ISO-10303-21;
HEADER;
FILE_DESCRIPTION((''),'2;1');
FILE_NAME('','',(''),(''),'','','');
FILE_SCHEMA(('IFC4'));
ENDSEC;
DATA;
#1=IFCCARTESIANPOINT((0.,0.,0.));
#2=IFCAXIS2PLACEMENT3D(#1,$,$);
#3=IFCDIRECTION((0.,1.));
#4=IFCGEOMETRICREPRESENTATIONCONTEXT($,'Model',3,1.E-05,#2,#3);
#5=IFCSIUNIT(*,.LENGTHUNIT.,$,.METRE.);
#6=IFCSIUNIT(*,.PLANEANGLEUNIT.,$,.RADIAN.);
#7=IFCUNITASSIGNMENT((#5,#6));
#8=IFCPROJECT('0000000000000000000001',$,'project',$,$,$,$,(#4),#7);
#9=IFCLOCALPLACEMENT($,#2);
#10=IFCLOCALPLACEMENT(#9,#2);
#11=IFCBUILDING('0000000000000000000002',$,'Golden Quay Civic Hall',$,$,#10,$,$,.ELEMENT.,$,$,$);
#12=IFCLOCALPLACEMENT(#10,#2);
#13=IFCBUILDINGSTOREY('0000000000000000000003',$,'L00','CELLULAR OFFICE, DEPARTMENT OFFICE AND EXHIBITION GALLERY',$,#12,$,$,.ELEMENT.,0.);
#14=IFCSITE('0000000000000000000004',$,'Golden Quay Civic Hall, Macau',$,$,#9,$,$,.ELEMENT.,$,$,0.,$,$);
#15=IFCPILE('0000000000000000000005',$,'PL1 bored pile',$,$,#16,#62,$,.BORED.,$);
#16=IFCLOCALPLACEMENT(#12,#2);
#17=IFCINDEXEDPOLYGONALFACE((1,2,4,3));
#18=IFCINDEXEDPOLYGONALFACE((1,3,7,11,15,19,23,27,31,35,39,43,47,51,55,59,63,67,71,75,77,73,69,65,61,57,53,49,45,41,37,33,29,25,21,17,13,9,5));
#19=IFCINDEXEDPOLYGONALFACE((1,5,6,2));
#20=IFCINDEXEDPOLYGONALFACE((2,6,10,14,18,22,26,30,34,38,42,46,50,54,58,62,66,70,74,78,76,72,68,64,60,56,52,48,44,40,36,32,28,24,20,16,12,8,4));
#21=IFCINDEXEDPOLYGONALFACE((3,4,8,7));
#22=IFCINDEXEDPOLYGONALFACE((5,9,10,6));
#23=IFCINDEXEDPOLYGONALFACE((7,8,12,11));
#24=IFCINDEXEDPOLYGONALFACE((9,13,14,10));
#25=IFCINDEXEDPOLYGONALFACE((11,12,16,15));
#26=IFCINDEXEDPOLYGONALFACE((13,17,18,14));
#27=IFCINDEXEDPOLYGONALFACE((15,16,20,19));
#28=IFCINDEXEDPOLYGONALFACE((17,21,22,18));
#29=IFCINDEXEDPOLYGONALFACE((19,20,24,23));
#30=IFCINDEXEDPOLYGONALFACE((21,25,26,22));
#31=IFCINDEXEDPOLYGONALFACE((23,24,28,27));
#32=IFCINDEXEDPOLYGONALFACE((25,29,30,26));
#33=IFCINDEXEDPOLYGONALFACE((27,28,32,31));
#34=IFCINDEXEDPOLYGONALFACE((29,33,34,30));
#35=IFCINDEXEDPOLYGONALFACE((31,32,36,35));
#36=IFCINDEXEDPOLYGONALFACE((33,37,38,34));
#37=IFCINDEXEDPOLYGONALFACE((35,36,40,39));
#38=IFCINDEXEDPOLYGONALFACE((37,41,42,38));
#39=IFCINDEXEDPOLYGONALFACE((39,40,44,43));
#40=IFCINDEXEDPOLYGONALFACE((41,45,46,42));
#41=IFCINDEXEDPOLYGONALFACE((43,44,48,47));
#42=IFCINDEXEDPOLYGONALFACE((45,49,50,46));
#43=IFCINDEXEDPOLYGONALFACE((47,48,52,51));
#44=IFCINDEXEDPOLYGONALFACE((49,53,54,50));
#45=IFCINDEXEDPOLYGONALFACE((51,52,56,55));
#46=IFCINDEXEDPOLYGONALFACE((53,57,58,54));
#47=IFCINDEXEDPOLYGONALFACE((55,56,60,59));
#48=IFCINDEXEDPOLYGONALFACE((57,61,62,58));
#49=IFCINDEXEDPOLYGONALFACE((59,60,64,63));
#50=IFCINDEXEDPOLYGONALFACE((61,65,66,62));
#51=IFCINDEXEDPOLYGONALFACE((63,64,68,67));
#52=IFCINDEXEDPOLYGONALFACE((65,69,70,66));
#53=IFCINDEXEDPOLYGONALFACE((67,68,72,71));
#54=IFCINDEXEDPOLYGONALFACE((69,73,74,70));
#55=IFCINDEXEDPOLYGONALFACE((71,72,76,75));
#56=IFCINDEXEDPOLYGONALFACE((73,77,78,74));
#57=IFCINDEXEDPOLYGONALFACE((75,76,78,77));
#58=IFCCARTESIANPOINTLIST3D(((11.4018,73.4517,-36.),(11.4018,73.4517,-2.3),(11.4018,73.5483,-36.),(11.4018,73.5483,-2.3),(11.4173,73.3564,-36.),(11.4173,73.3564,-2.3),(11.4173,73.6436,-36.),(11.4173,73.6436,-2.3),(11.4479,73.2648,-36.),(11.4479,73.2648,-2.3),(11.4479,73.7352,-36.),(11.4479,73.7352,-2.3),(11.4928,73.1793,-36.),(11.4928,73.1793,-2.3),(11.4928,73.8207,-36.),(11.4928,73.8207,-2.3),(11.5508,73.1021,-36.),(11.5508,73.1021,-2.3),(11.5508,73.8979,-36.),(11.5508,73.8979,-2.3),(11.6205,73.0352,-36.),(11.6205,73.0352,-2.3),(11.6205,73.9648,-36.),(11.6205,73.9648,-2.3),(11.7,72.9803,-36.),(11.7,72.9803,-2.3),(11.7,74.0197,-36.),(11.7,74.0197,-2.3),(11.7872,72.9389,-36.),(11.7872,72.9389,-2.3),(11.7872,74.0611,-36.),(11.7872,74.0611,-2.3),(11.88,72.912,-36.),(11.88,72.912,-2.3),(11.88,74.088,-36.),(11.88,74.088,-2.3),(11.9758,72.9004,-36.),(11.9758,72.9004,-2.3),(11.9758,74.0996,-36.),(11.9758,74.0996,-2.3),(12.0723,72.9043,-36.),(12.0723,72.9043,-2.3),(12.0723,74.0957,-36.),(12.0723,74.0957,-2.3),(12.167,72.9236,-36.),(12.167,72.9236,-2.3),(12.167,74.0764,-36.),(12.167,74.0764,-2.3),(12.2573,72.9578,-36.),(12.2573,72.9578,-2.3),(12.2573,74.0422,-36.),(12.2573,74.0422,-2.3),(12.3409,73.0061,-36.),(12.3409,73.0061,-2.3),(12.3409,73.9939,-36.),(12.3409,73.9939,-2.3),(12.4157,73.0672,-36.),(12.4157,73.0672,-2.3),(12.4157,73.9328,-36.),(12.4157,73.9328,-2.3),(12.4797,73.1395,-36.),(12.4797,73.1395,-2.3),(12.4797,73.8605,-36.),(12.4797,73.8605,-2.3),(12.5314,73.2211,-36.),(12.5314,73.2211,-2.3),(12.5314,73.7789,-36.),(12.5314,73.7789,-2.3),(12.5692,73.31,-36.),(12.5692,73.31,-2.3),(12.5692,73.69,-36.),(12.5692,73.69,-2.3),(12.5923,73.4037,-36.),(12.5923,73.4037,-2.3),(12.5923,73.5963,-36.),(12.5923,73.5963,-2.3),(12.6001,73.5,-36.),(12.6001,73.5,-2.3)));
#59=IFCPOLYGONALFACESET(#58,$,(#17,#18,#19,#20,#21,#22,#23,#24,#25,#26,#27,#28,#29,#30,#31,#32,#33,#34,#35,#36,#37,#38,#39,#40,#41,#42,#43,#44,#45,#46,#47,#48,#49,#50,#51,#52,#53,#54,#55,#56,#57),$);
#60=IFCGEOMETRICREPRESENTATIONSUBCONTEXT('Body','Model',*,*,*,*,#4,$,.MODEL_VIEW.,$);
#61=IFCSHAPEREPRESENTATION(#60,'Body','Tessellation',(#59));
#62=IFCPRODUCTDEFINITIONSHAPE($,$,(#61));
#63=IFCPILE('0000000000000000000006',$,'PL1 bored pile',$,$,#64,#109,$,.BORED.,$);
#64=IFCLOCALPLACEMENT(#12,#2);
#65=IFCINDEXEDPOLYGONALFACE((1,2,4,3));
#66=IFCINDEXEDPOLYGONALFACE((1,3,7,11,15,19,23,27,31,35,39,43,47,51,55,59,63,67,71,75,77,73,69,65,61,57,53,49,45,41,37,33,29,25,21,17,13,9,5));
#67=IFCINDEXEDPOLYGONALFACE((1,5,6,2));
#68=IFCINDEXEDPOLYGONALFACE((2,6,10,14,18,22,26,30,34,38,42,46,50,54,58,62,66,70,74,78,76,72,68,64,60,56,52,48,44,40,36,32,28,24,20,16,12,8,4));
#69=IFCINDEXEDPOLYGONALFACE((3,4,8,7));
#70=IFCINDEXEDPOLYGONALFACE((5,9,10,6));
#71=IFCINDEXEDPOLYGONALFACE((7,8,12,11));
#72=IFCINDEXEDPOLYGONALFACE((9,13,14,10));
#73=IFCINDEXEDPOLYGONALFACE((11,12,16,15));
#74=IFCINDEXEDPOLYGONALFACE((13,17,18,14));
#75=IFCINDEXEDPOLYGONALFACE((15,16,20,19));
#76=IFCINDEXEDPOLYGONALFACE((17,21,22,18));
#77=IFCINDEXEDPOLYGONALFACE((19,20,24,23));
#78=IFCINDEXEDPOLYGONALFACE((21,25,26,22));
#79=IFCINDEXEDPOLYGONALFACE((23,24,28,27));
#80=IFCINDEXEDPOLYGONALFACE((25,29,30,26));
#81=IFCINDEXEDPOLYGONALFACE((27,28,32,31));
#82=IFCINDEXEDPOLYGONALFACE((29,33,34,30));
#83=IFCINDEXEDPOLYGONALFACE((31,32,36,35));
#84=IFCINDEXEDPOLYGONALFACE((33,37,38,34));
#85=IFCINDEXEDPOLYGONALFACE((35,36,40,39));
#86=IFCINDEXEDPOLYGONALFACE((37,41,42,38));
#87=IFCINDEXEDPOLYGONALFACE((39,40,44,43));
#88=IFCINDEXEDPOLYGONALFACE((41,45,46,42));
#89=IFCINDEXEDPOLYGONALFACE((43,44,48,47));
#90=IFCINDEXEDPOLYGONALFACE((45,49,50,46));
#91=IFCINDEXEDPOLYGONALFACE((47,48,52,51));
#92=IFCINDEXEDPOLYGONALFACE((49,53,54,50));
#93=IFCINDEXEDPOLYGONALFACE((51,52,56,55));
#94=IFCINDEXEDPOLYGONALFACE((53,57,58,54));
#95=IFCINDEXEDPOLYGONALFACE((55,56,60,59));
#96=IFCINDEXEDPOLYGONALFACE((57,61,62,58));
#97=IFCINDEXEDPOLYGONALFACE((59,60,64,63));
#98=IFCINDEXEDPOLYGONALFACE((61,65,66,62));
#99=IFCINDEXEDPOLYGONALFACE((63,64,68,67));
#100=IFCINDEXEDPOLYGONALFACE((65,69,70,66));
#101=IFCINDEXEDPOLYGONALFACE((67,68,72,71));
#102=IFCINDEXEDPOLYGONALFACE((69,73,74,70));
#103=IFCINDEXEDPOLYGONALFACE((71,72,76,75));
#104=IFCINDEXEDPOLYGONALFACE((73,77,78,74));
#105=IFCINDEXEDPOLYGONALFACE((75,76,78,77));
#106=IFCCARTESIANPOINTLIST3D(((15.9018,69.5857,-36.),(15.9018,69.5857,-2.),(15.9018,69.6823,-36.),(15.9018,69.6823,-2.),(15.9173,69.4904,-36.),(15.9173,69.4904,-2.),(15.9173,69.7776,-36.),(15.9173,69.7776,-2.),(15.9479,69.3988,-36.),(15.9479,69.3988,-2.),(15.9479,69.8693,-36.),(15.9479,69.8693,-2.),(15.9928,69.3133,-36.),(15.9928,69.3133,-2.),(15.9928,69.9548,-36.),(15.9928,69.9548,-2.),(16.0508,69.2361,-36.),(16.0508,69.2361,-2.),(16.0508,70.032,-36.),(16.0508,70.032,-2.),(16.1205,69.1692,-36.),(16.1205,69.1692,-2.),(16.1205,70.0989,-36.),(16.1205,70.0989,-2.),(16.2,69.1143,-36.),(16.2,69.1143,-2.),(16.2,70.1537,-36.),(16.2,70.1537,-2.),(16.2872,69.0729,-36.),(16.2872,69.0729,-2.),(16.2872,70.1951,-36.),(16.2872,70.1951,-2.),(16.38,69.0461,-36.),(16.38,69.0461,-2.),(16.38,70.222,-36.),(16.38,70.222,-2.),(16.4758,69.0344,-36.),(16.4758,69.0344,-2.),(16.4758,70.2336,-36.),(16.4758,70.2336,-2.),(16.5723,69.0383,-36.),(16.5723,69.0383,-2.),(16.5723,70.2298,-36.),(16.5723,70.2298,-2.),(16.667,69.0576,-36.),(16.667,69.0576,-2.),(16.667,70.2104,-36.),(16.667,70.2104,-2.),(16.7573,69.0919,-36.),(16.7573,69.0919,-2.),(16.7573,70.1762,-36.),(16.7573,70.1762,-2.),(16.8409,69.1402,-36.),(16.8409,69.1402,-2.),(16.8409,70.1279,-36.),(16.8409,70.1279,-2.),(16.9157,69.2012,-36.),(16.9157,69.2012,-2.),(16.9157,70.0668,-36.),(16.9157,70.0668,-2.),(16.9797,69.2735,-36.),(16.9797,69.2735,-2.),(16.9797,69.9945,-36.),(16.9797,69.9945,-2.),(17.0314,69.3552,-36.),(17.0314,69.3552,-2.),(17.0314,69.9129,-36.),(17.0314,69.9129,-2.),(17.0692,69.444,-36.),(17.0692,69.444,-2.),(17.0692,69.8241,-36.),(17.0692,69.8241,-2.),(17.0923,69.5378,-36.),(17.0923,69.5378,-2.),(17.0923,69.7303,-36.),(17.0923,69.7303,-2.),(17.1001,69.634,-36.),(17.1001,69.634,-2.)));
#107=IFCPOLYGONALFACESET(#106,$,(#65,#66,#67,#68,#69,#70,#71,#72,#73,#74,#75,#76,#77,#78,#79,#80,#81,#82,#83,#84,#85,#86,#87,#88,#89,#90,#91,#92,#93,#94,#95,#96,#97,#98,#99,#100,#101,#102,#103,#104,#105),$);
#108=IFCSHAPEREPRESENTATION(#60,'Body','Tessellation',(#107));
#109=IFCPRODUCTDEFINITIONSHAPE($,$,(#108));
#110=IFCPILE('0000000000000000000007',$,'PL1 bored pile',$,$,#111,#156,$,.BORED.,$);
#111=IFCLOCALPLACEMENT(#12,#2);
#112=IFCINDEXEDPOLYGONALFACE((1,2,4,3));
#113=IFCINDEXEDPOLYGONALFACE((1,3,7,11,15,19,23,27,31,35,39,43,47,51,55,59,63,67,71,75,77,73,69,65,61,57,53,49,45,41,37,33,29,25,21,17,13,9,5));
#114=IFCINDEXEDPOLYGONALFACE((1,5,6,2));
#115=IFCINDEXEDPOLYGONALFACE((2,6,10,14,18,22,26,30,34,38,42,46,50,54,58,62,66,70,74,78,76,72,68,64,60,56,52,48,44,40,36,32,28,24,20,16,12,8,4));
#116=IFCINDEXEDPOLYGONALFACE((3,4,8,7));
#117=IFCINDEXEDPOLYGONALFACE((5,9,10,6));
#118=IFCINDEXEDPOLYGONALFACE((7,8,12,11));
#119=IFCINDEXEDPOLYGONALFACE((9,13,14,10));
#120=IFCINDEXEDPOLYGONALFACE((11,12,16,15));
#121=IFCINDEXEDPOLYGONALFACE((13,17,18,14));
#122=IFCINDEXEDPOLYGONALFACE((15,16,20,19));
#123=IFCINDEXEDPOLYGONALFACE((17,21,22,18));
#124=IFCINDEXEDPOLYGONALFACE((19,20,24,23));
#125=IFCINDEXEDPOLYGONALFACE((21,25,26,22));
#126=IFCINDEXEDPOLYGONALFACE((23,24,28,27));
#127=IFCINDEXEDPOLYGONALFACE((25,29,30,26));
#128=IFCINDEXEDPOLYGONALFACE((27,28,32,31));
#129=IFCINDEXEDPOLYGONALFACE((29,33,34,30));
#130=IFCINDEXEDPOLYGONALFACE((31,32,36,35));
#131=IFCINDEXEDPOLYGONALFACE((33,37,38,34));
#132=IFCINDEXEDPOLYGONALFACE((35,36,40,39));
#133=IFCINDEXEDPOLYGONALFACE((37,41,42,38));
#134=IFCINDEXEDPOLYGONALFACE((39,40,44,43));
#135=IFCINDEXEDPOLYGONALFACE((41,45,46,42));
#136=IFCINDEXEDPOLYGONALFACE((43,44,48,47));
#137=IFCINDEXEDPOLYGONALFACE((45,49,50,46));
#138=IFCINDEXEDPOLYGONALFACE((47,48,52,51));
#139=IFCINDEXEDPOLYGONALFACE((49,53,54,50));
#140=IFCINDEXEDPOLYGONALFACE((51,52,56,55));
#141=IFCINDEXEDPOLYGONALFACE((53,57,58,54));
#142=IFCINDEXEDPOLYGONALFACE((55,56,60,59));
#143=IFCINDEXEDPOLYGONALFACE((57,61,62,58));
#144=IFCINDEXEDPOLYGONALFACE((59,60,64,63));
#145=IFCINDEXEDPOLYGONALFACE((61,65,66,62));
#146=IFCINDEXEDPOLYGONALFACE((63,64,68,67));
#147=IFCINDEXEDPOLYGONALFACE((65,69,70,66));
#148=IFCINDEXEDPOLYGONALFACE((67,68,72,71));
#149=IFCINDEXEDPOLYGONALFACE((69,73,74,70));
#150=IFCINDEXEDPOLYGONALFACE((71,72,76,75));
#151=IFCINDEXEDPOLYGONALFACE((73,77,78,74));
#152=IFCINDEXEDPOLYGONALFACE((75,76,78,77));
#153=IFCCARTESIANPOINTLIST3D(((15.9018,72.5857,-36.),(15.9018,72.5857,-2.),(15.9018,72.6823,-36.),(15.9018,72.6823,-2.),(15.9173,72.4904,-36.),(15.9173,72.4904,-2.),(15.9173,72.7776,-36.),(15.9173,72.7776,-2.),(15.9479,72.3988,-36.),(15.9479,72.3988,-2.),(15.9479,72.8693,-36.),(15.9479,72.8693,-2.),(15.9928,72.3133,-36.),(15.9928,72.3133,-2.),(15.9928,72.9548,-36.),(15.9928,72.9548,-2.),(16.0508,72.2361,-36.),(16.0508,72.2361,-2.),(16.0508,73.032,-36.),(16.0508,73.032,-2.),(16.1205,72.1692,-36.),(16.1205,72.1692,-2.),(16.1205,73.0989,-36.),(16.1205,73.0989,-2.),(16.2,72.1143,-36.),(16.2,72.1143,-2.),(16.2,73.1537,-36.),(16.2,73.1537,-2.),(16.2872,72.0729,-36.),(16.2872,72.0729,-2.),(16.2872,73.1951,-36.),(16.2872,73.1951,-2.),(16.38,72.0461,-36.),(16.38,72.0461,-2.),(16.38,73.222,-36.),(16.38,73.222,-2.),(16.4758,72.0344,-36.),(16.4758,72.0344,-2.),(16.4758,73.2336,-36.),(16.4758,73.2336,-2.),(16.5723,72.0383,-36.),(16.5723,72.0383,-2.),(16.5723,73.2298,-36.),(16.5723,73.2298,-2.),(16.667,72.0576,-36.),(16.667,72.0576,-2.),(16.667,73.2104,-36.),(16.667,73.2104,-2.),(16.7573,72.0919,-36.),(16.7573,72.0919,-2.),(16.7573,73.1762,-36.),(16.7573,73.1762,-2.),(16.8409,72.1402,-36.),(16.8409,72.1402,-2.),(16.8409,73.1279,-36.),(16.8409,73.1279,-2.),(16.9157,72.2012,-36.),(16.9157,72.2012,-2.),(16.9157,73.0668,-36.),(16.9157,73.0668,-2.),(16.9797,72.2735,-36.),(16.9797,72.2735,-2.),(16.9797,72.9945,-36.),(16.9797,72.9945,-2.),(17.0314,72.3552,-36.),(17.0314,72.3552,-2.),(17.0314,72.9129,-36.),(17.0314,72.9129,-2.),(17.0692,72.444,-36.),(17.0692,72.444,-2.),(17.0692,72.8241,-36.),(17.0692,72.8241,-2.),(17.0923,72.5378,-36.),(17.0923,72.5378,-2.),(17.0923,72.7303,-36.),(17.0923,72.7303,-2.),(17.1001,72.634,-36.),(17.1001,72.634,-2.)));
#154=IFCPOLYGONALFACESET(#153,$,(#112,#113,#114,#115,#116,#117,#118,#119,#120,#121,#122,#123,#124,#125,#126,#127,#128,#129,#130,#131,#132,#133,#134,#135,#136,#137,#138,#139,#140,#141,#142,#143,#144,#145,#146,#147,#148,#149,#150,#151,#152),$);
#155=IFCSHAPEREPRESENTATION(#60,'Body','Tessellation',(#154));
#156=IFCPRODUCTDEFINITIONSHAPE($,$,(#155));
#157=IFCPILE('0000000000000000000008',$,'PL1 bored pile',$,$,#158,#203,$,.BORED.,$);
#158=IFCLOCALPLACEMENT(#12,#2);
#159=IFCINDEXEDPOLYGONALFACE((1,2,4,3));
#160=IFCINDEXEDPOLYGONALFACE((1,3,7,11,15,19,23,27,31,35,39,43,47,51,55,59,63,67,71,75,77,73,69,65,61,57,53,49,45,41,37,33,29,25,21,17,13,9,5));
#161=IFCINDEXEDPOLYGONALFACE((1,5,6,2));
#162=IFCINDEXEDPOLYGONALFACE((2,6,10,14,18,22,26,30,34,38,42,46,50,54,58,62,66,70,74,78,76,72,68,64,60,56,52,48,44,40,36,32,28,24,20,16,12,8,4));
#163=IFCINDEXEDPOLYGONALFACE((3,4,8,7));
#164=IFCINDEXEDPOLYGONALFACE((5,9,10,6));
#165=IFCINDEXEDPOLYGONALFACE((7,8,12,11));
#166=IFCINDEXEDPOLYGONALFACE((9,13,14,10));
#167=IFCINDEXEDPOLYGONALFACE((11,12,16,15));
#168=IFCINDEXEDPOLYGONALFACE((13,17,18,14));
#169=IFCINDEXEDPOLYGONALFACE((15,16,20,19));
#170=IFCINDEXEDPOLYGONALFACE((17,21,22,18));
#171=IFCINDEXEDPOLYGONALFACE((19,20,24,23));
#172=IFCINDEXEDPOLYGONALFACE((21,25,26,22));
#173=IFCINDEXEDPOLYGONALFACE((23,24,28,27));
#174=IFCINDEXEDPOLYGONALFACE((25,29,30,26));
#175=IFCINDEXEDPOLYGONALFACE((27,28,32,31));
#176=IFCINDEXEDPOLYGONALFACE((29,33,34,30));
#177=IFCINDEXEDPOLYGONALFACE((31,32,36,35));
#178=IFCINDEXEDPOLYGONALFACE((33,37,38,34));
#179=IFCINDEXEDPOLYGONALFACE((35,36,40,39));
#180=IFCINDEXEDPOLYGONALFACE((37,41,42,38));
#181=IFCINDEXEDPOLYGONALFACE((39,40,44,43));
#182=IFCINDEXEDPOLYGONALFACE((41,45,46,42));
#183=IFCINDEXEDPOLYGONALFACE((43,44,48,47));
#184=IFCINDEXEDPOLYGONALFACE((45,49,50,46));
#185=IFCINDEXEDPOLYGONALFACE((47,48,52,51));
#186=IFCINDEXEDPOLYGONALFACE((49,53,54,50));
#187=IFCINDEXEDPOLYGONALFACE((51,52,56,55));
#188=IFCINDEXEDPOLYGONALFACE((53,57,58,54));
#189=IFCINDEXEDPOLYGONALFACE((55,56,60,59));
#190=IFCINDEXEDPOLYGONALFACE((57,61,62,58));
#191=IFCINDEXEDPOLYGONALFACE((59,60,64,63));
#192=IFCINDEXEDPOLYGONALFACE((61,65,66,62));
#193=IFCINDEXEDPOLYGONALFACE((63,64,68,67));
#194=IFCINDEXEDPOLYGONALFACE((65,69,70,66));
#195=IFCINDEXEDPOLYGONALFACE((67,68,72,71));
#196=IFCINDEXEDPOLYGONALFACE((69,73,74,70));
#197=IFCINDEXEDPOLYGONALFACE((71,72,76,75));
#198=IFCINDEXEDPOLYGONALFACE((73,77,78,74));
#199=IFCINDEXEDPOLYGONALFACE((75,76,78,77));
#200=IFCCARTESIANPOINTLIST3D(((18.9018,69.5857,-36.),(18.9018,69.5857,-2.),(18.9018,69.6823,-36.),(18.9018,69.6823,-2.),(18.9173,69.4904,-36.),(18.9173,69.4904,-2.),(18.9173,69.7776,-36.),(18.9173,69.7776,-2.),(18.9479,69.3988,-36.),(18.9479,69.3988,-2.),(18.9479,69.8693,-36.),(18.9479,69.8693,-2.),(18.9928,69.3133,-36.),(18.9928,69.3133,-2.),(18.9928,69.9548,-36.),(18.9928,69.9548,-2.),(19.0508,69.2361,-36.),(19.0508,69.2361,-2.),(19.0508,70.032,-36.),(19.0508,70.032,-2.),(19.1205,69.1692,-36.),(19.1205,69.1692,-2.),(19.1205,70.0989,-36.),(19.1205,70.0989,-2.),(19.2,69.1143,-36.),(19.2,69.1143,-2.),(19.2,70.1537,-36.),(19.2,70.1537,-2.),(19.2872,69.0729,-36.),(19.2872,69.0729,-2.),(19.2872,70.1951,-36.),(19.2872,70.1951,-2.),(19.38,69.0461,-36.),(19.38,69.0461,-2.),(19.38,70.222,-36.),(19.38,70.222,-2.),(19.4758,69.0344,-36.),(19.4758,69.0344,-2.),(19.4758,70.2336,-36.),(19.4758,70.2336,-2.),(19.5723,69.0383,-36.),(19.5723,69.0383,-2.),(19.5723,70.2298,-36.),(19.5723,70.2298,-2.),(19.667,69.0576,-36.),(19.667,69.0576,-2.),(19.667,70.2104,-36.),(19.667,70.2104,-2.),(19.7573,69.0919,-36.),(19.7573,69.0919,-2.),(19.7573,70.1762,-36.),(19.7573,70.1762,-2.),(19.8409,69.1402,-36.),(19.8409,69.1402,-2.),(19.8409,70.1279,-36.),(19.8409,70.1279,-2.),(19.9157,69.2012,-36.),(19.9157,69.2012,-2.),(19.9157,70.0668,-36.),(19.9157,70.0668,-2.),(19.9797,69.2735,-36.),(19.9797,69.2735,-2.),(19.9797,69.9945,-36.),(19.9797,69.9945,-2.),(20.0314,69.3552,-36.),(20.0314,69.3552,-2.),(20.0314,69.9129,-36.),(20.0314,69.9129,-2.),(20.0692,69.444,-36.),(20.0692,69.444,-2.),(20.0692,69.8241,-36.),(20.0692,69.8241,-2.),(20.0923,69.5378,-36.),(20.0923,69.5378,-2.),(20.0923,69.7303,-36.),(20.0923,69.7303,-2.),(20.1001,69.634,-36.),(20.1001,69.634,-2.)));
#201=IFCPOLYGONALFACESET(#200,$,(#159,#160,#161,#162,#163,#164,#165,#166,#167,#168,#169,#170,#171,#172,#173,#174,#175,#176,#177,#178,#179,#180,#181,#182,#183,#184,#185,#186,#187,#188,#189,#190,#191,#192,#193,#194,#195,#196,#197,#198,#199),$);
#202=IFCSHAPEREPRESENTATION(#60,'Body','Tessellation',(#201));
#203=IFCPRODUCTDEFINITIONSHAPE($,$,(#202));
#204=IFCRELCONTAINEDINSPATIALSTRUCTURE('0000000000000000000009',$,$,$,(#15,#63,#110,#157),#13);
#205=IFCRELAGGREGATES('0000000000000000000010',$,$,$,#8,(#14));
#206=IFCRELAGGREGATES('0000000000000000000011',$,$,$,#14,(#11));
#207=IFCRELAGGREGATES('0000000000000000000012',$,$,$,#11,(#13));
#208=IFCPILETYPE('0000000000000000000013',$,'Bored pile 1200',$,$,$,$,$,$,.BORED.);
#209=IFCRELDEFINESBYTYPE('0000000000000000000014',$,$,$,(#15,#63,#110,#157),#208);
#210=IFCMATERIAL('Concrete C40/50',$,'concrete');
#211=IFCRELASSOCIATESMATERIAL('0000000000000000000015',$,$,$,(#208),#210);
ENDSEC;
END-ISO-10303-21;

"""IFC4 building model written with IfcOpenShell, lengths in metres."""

from ifc_helpers import new_model, si_unit, direction, frame, origin, origin_2d, place, context, subcontext, project, spatial, circle, extrude, material, material_profile, profile_set, type_object, element, save


model = new_model("IFC4")

# Units and contexts
model_context = context("Model", 3, precision=1e-05, world=origin(), true_north=direction((0.0, 1.0)))
body_context = subcontext(model_context, "Body", "Model", "MODEL_VIEW")
ifc_project = project(units=[si_unit("LENGTHUNIT", "METRE"), si_unit("PLANEANGLEUNIT", "RADIAN")], contexts=[model_context])

# Site, building, storey
site_placement = place(None, origin())
site = spatial("IfcSite", under=ifc_project, at=site_placement, Name="Golden Quay Civic Hall, Macau", CompositionType="ELEMENT", RefElevation=0.0)
building_placement = place(site_placement, origin())
building = spatial("IfcBuilding", under=site, at=building_placement, Name="Golden Quay Civic Hall", CompositionType="ELEMENT")
storey_placement = place(building_placement, origin())
storey = spatial("IfcBuildingStorey", under=building, at=storey_placement, Name="L00", Description="CELLULAR OFFICE, DEPARTMENT OFFICE AND EXHIBITION GALLERY", CompositionType="ELEMENT", Elevation=0.0)

# Piles
ifc_material_1 = material(Name="Concrete C40/50", Category="concrete")
ifc_material_profile_1 = material_profile(ifc_material_1, circle(Radius=0.6001, at=origin_2d()), Name="RC D1200")
ifc_profile_set_1 = profile_set([ifc_material_profile_1], Name="Concrete C40/50")
pile_type = type_object("IfcPileType", Name="Bored pile 1200", PredefinedType="BORED", material=ifc_profile_set_1)
pile_placement = place(storey_placement, frame((12.0, 73.5, -2.3), z_axis=(0.0, 0.0, -1.0), x_axis=(1.0, 0.0, 0.0)))
element("IfcPile", 1, at=pile_placement, inside=storey, type_object=pile_type, Name="PL1 bored pile", PredefinedType="BORED", context=body_context, shape_type="SweptSolid", body=[
    extrude(circle(Radius=0.6001, at=origin_2d()), origin(), (0.0, 0.0, 1.0), 33.7),
])
for number, where, z_axis, x_axis, name in (
    (2, (16.5, 69.634, -2.0), (0.0, 0.0, -1.0), (1.0, 0.0, 0.0), "PL1 bored pile"),
    (3, (16.5, 72.634, -2.0), (0.0, 0.0, -1.0), (1.0, 0.0, 0.0), "PL1 bored pile"),
    (4, (19.5, 69.634, -2.0), (0.0, 0.0, -1.0), (1.0, 0.0, 0.0), "PL1 bored pile"),
):
    element("IfcPile", number, at=place(storey_placement, frame(where, z_axis=z_axis, x_axis=x_axis)), inside=storey, type_object=pile_type, Name=name, PredefinedType="BORED", context=body_context, shape_type="SweptSolid", body=[
        extrude(circle(Radius=0.6001, at=origin_2d()), origin(), (0.0, 0.0, 1.0), 34.0),
    ])

save(model, "model.ifc")
